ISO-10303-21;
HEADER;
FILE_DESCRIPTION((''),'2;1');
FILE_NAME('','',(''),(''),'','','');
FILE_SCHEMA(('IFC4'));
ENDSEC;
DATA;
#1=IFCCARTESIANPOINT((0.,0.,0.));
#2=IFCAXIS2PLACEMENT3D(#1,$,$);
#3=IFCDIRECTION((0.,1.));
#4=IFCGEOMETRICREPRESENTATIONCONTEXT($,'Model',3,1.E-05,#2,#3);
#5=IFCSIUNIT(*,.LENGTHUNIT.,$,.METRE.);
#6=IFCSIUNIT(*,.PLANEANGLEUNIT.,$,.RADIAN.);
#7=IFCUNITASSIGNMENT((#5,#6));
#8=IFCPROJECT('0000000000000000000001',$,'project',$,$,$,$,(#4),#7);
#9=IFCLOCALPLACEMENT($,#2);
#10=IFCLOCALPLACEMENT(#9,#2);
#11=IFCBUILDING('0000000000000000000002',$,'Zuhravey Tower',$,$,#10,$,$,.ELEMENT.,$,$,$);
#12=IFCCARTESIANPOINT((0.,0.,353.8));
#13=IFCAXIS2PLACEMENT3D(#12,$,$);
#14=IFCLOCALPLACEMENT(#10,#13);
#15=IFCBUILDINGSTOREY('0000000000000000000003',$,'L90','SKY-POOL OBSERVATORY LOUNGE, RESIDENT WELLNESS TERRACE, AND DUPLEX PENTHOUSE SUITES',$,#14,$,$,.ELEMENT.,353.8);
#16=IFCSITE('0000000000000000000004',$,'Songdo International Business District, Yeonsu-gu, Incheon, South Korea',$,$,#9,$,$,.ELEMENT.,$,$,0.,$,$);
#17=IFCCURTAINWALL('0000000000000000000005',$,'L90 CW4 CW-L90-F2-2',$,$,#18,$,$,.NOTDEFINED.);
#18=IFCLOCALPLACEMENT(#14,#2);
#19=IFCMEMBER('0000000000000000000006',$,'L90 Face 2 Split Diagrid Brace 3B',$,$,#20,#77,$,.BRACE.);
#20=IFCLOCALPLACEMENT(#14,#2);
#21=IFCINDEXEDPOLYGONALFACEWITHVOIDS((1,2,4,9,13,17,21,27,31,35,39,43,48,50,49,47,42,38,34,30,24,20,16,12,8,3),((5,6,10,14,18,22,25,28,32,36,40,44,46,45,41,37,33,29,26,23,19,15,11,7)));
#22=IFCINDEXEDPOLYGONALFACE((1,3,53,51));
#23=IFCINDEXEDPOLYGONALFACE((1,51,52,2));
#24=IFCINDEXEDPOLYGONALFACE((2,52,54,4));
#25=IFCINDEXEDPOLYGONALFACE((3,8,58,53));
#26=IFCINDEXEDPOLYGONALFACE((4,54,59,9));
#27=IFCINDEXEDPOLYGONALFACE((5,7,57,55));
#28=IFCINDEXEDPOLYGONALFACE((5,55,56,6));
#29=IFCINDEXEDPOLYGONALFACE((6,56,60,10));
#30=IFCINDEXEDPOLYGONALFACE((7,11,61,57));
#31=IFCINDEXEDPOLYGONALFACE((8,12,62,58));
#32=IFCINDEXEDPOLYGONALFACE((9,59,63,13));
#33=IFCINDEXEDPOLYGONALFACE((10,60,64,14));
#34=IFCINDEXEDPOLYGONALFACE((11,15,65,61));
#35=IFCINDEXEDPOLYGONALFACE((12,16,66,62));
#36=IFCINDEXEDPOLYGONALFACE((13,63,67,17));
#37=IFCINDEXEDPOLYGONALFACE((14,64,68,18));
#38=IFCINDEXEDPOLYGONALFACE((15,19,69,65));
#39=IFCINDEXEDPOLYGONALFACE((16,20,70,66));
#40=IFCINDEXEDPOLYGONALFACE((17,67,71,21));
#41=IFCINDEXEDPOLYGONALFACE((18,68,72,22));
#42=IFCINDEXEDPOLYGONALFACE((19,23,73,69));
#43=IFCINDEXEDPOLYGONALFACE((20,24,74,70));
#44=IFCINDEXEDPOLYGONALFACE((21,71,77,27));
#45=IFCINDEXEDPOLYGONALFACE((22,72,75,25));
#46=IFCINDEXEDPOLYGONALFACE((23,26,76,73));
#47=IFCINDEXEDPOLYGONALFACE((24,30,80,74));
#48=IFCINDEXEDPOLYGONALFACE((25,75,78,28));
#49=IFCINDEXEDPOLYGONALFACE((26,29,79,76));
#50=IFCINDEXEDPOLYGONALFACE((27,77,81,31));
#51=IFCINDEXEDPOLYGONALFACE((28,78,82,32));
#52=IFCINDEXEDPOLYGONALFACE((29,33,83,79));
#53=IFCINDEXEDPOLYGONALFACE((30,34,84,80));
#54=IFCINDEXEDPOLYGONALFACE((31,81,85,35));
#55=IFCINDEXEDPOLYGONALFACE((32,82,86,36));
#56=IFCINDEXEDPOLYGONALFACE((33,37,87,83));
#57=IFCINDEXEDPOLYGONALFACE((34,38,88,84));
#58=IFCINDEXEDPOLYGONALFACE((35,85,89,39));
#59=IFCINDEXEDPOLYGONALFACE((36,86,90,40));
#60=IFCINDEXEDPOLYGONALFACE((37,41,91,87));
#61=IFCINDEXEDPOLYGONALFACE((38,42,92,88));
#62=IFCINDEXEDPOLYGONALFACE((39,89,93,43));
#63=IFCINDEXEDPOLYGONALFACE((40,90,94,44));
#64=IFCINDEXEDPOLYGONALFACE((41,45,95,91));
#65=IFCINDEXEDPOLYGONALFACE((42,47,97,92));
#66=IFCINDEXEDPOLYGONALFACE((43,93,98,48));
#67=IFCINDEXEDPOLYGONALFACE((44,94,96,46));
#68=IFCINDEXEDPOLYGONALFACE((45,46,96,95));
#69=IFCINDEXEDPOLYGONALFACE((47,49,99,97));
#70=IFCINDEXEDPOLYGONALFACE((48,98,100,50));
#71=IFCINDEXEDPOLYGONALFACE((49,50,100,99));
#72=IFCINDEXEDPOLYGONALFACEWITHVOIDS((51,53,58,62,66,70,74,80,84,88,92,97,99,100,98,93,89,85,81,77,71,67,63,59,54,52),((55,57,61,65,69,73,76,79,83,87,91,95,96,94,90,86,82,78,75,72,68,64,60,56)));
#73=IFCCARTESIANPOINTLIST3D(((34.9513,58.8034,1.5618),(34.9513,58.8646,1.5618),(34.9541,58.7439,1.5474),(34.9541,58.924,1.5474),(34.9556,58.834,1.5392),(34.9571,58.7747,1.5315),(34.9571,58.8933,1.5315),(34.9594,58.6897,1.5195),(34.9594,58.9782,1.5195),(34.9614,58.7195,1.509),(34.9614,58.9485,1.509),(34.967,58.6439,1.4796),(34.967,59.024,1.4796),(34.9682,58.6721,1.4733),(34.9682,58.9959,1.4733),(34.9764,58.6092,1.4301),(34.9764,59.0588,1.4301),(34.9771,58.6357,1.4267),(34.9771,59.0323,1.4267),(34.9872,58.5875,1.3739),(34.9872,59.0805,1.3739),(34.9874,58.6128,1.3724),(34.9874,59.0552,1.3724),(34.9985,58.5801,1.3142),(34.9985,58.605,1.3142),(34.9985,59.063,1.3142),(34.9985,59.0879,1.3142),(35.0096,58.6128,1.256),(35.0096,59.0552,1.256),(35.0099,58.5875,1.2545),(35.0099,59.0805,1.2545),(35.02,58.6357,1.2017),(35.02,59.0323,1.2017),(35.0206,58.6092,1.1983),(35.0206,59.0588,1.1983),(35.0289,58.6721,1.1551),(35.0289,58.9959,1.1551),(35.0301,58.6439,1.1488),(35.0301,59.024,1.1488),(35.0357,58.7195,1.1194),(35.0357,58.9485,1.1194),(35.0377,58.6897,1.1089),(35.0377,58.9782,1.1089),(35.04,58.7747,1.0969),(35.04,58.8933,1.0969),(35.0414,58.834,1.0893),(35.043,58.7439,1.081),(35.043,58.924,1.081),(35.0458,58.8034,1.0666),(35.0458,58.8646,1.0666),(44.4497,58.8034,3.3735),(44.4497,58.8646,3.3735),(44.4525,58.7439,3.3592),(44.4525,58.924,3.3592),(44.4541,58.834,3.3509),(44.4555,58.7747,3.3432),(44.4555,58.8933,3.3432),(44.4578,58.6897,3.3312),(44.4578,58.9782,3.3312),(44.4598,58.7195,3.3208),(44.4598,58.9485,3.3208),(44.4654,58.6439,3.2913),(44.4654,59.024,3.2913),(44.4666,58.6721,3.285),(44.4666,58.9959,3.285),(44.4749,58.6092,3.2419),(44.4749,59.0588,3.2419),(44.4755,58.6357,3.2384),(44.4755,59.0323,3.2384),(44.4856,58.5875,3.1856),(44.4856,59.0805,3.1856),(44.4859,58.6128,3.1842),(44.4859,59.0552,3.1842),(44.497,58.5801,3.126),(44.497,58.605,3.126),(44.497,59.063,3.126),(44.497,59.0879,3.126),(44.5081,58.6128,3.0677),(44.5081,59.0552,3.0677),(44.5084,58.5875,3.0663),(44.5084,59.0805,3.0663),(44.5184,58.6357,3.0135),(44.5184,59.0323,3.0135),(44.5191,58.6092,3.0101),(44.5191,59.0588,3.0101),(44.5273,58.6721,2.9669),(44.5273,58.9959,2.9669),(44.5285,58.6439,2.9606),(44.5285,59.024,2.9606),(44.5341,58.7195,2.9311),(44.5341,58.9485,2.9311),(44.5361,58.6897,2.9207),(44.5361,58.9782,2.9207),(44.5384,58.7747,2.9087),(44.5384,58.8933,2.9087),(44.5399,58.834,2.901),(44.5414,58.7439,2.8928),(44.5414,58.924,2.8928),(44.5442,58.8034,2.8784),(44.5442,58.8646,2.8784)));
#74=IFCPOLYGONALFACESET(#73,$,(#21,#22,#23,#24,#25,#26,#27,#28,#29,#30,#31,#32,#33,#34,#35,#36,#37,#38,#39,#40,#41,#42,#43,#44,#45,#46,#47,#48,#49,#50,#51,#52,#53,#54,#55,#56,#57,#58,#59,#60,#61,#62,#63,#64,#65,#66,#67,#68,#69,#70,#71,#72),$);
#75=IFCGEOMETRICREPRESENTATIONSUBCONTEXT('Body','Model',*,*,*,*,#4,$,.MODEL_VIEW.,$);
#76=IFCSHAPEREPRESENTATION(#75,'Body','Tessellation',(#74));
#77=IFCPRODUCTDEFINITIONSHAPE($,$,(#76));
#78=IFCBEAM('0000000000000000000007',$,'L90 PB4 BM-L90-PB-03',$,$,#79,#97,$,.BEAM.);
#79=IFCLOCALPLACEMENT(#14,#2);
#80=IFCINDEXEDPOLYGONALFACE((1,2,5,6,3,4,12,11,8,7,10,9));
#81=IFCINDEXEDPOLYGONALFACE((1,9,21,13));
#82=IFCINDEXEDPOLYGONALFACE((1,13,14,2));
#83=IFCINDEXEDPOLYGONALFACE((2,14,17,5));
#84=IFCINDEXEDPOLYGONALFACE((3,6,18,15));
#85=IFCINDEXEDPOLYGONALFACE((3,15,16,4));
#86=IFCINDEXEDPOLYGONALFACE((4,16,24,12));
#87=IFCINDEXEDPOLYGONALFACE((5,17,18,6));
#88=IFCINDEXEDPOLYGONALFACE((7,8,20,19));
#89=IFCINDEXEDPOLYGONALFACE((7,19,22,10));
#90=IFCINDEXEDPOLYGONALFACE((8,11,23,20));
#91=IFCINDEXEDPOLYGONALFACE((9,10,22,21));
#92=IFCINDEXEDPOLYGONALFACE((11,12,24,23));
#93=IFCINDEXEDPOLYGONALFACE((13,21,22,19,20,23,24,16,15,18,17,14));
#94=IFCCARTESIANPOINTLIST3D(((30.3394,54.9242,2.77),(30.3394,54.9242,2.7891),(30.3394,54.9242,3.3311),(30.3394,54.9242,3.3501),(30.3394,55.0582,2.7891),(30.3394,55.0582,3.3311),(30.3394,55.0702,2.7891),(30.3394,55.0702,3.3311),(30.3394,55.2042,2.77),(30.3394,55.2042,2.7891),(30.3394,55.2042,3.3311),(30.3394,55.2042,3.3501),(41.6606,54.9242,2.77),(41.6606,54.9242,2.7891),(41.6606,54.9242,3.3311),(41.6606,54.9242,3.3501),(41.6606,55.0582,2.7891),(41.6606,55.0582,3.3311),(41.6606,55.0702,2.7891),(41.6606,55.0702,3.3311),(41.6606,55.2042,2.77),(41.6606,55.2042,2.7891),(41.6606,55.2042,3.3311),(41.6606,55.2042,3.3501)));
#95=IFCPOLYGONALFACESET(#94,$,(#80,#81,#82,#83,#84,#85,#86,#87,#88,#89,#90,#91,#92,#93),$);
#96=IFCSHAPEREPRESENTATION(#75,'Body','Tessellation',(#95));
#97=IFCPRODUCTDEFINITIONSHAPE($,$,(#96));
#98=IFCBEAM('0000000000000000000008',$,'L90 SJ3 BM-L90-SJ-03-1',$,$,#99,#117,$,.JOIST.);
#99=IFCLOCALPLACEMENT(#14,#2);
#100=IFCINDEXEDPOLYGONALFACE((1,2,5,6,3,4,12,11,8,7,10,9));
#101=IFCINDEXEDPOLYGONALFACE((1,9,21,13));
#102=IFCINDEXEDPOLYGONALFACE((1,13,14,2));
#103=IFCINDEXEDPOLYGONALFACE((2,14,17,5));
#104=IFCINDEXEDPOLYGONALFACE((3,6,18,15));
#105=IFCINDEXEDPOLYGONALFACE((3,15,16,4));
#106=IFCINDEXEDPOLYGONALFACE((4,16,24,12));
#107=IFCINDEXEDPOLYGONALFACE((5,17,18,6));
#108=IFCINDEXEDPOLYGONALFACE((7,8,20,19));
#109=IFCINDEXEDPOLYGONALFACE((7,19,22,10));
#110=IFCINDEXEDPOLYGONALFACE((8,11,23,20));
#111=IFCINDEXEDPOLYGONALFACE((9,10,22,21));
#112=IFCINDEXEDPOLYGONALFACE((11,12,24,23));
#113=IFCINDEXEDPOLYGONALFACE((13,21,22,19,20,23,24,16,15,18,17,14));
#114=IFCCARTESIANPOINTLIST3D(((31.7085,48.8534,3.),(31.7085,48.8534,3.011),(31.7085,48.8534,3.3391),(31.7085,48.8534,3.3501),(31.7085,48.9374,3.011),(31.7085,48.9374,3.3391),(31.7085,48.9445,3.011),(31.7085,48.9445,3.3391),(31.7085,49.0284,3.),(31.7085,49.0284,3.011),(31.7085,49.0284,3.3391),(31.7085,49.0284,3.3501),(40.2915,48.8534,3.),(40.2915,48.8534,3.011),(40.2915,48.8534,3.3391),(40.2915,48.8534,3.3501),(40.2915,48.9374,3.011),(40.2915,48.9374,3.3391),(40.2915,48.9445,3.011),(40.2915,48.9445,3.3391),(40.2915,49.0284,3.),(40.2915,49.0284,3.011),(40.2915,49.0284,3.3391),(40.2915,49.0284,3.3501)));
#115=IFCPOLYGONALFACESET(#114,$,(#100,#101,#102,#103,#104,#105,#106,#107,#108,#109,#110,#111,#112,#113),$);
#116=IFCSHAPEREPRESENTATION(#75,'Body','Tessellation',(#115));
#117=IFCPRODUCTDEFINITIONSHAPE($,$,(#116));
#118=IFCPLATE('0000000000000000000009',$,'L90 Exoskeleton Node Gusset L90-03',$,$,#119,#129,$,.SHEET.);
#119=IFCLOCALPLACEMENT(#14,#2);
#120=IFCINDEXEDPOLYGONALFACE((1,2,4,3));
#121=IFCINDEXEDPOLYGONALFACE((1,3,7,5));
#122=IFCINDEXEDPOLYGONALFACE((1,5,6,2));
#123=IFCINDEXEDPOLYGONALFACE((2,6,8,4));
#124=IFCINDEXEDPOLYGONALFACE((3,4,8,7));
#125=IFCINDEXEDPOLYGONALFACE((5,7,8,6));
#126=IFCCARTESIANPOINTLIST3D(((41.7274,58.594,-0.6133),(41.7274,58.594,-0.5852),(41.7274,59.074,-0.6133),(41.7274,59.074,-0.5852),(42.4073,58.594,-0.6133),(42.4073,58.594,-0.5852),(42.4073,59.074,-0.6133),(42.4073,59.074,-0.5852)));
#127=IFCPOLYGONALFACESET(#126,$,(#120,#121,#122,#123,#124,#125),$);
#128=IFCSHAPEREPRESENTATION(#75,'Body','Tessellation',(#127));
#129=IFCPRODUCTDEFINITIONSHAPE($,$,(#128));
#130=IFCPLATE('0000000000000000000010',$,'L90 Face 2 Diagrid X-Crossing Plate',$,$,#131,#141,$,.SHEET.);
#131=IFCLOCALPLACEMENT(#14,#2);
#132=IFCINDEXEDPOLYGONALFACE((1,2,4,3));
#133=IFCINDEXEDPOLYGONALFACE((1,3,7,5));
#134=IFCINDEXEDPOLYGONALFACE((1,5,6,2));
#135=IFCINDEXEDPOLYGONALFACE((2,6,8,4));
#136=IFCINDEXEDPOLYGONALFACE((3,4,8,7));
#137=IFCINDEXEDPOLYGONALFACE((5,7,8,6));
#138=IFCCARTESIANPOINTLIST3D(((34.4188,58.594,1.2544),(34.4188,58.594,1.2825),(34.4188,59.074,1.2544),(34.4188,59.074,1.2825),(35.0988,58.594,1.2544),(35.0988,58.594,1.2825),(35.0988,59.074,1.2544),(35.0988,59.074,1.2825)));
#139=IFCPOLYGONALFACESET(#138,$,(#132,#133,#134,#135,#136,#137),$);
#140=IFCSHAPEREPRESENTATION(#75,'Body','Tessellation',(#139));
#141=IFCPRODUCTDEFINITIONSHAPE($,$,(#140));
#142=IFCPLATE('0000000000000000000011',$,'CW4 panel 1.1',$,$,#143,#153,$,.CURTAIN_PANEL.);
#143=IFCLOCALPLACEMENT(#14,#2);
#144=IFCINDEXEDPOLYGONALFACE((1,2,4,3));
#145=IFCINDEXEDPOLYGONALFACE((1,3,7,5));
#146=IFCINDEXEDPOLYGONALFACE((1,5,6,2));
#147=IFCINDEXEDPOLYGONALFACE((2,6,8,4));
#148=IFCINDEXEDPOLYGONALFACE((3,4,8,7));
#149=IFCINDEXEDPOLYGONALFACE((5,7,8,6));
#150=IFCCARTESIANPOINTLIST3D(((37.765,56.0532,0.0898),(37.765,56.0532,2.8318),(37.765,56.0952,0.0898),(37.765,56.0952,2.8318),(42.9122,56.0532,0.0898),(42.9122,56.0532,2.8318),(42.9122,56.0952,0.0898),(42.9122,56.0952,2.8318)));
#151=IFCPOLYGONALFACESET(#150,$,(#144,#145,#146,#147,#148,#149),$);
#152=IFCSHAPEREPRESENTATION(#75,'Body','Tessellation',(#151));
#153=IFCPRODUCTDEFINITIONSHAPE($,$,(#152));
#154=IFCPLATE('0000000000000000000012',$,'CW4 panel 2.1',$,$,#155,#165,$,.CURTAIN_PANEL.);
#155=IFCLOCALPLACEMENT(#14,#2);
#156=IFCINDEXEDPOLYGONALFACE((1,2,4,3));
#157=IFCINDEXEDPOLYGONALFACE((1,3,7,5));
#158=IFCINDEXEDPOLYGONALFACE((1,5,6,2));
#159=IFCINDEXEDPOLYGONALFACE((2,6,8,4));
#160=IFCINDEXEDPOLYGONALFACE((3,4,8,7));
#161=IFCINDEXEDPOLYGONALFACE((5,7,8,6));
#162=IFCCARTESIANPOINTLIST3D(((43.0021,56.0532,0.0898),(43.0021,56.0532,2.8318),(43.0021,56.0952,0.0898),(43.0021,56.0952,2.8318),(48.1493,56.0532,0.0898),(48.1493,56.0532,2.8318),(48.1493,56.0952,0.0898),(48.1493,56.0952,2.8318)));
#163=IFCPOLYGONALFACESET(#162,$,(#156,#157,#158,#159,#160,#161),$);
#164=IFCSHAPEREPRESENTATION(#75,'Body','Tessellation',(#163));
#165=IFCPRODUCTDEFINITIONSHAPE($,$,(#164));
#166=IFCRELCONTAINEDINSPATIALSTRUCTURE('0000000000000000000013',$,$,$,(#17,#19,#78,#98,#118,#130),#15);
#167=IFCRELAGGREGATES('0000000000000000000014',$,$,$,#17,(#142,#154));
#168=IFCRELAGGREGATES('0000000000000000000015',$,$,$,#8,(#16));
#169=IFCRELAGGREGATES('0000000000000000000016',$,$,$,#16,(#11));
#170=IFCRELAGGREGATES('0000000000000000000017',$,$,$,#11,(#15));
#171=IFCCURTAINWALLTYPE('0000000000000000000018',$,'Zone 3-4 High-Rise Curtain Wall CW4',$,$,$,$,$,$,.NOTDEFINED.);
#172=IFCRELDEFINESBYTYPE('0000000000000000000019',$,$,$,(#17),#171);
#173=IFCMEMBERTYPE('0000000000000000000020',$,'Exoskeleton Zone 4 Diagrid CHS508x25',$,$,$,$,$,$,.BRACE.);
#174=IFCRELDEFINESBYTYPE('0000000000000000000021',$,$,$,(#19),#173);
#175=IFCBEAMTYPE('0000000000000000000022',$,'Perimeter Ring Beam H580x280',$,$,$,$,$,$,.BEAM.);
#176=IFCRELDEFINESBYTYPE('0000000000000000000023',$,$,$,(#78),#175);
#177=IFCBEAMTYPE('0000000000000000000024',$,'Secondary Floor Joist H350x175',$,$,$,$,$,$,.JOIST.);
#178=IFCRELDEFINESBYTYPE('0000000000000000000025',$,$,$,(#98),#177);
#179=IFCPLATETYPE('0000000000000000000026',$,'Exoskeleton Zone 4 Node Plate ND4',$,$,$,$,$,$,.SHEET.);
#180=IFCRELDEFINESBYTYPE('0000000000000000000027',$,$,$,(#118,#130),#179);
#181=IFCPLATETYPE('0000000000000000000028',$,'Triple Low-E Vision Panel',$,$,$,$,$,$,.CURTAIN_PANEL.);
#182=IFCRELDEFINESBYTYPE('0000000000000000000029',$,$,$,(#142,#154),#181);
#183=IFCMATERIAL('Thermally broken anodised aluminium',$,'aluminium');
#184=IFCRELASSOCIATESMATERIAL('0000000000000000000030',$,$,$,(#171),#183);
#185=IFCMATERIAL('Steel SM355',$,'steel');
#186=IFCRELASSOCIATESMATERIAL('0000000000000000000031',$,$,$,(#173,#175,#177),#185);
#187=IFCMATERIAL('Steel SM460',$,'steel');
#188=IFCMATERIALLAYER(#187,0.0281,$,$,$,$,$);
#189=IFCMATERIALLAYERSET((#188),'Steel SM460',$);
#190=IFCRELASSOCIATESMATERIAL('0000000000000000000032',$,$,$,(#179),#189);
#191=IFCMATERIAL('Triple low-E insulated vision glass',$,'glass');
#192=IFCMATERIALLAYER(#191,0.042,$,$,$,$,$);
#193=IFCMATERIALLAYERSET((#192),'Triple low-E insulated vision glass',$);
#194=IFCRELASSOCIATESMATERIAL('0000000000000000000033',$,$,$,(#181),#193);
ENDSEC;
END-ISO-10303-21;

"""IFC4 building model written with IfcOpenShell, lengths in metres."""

from ifc_helpers import new_model, si_unit, direction, frame, origin, origin_2d, place, context, subcontext, project, spatial, rectangle, hollow_circle, i_section, extrude, material, layer, layer_set, material_profile, profile_set, type_object, element, aggregate, save


model = new_model("IFC4")

# Units and contexts
model_context = context("Model", 3, precision=1e-05, world=origin(), true_north=direction((0.0, 1.0)))
body_context = subcontext(model_context, "Body", "Model", "MODEL_VIEW")
ifc_project = project(units=[si_unit("LENGTHUNIT", "METRE"), si_unit("PLANEANGLEUNIT", "RADIAN")], contexts=[model_context])

# Site, building, storey
site_placement = place(None, origin())
site = spatial("IfcSite", under=ifc_project, at=site_placement, Name="Songdo International Business District, Yeonsu-gu, Incheon, South Korea", CompositionType="ELEMENT", RefElevation=0.0)
building_placement = place(site_placement, origin())
building = spatial("IfcBuilding", under=site, at=building_placement, Name="Zuhravey Tower", CompositionType="ELEMENT")
storey_placement = place(building_placement, frame((0.0, 0.0, 353.8)))
storey = spatial("IfcBuildingStorey", under=building, at=storey_placement, Name="L90", Description="SKY-POOL OBSERVATORY LOUNGE, RESIDENT WELLNESS TERRACE, AND DUPLEX PENTHOUSE SUITES", CompositionType="ELEMENT", Elevation=353.8)

# Shared definitions
ifc_material_1 = material(Name="Thermally broken anodised aluminium", Category="aluminium")
curtain_wall_type = type_object("IfcCurtainWallType", Name="Zone 3-4 High-Rise Curtain Wall CW4", PredefinedType="NOTDEFINED", material=ifc_material_1)

# Curtain wall
curtain_wall_1_placement = place(storey_placement, origin())
curtain_wall_1 = element("IfcCurtainWall", 1, at=curtain_wall_1_placement, inside=storey, type_object=curtain_wall_type, Name="L90 CW4 CW-L90-F2-2", PredefinedType="NOTDEFINED")

# Shared definitions
ifc_material_2 = material(Name="Steel SM460", Category="steel")

# Member
ifc_material_3 = material(Name="Steel SM355", Category="steel")
ifc_material_profile_1 = material_profile(ifc_material_3, hollow_circle(Radius=0.2539, WallThickness=0.0249, at=origin_2d()), Name="CHS-508.0x25")
ifc_profile_set_1 = profile_set([ifc_material_profile_1], Name="Steel SM355")
member_type_1 = type_object("IfcMemberType", Name="Exoskeleton Zone 4 Diagrid CHS508x25", PredefinedType="BRACE", material=ifc_profile_set_1)
member_1_placement = place(storey_placement, frame((34.9985, 58.834, 1.3142), z_axis=(0.982291, 0.0, 0.187364), x_axis=(0.0, 1.0, 0.0)))
element("IfcMember", 2, at=member_1_placement, inside=storey, type_object=member_type_1, Name="L90 Face 2 Split Diagrid Brace 3B", PredefinedType="BRACE", context=body_context, shape_type="SweptSolid", body=[
    extrude(hollow_circle(Radius=0.2539, WallThickness=0.0249, at=origin_2d()), origin(), (0.0, 0.0, 1.0), 9.6697),
])

# Beams
ifc_material_profile_2 = material_profile(ifc_material_3, i_section(OverallWidth=0.28, OverallDepth=0.5801, WebThickness=0.012, FlangeThickness=0.019, at=origin_2d()), Name="H-580x280x12x19")
ifc_profile_set_2 = profile_set([ifc_material_profile_2], Name="Steel SM355")
beam_type_1 = type_object("IfcBeamType", Name="Perimeter Ring Beam H580x280", PredefinedType="BEAM", material=ifc_profile_set_2)
beam_1_placement = place(storey_placement, frame((41.6606, 55.0642, 3.0601), z_axis=(-1.0, 0.0, 0.0), x_axis=(0.0, -1.0, 0.0)))
element("IfcBeam", 3, at=beam_1_placement, inside=storey, type_object=beam_type_1, Name="L90 PB4 BM-L90-PB-03", PredefinedType="BEAM", context=body_context, shape_type="SweptSolid", body=[
    extrude(i_section(OverallWidth=0.28, OverallDepth=0.5801, WebThickness=0.012, FlangeThickness=0.019, at=origin_2d()), origin(), (0.0, 0.0, 1.0), 11.3213),
])
ifc_material_profile_3 = material_profile(ifc_material_3, i_section(OverallWidth=0.175, OverallDepth=0.3501, WebThickness=0.0071, FlangeThickness=0.011, at=origin_2d()), Name="H-350x175x7x11")
ifc_profile_set_3 = profile_set([ifc_material_profile_3], Name="Steel SM355")
beam_type_2 = type_object("IfcBeamType", Name="Secondary Floor Joist H350x175", PredefinedType="JOIST", material=ifc_profile_set_3)
beam_2_placement = place(storey_placement, frame((40.2915, 48.9409, 3.175), z_axis=(-1.0, 0.0, 0.0), x_axis=(0.0, -1.0, 0.0)))
element("IfcBeam", 4, at=beam_2_placement, inside=storey, type_object=beam_type_2, Name="L90 SJ3 BM-L90-SJ-03-1", PredefinedType="JOIST", context=body_context, shape_type="SweptSolid", body=[
    extrude(i_section(OverallWidth=0.175, OverallDepth=0.3501, WebThickness=0.0071, FlangeThickness=0.011, at=origin_2d()), origin(), (0.0, 0.0, 1.0), 8.583),
])

# Plates
ifc_layer_1 = layer(ifc_material_2, 0.0281)
ifc_layer_set_1 = layer_set([ifc_layer_1], Name="Steel SM460")
plate_type_1 = type_object("IfcPlateType", Name="Exoskeleton Zone 4 Node Plate ND4", PredefinedType="SHEET", material=ifc_layer_set_1)
for number, where, z_axis, x_axis, name in (
    (5, (42.0674, 58.834, -0.6133), (0.0, 0.0, 1.0), (-1.0, 0.0, 0.0), "L90 Exoskeleton Node Gusset L90-03"),
    (6, (34.7588, 58.834, 1.2544), (0.0, 0.0, 1.0), (-1.0, 0.0, 0.0), "L90 Face 2 Diagrid X-Crossing Plate"),
):
    element("IfcPlate", number, at=place(storey_placement, frame(where, z_axis=z_axis, x_axis=x_axis)), inside=storey, type_object=plate_type_1, Name=name, PredefinedType="SHEET", context=body_context, shape_type="SweptSolid", body=[
        extrude(rectangle(XDim=0.6799, YDim=0.48, at=origin_2d()), origin(), (0.0, 0.0, 1.0), 0.0281),
    ])

# Plates
ifc_material_4 = material(Name="Triple low-E insulated vision glass", Category="glass")
ifc_layer_2 = layer(ifc_material_4, 0.042)
ifc_layer_set_2 = layer_set([ifc_layer_2], Name="Triple low-E insulated vision glass")
plate_type_2 = type_object("IfcPlateType", Name="Triple Low-E Vision Panel", PredefinedType="CURTAIN_PANEL", material=ifc_layer_set_2)
plate_1_placement = place(storey_placement, frame((40.3386, 56.0742, 0.0898), z_axis=(0.0, 0.0, 1.0), x_axis=(1.0, 0.0, 0.0)))
plate_1 = element("IfcPlate", 7, at=plate_1_placement, type_object=plate_type_2, Name="CW4 panel 1.1", PredefinedType="CURTAIN_PANEL", context=body_context, shape_type="SweptSolid", body=[
    extrude(rectangle(XDim=5.1472, YDim=0.042, at=origin_2d()), origin(), (0.0, 0.0, 1.0), 2.7419),
])
plate_2_placement = place(storey_placement, frame((45.5757, 56.0742, 0.0898), z_axis=(0.0, 0.0, 1.0), x_axis=(1.0, 0.0, 0.0)))
plate_2 = element("IfcPlate", 8, at=plate_2_placement, type_object=plate_type_2, Name="CW4 panel 2.1", PredefinedType="CURTAIN_PANEL", context=body_context, shape_type="SweptSolid", body=[
    extrude(rectangle(XDim=5.1472, YDim=0.042, at=origin_2d()), origin(), (0.0, 0.0, 1.0), 2.7419),
])
aggregate(curtain_wall_1, [plate_1, plate_2])

save(model, "model.ifc")
